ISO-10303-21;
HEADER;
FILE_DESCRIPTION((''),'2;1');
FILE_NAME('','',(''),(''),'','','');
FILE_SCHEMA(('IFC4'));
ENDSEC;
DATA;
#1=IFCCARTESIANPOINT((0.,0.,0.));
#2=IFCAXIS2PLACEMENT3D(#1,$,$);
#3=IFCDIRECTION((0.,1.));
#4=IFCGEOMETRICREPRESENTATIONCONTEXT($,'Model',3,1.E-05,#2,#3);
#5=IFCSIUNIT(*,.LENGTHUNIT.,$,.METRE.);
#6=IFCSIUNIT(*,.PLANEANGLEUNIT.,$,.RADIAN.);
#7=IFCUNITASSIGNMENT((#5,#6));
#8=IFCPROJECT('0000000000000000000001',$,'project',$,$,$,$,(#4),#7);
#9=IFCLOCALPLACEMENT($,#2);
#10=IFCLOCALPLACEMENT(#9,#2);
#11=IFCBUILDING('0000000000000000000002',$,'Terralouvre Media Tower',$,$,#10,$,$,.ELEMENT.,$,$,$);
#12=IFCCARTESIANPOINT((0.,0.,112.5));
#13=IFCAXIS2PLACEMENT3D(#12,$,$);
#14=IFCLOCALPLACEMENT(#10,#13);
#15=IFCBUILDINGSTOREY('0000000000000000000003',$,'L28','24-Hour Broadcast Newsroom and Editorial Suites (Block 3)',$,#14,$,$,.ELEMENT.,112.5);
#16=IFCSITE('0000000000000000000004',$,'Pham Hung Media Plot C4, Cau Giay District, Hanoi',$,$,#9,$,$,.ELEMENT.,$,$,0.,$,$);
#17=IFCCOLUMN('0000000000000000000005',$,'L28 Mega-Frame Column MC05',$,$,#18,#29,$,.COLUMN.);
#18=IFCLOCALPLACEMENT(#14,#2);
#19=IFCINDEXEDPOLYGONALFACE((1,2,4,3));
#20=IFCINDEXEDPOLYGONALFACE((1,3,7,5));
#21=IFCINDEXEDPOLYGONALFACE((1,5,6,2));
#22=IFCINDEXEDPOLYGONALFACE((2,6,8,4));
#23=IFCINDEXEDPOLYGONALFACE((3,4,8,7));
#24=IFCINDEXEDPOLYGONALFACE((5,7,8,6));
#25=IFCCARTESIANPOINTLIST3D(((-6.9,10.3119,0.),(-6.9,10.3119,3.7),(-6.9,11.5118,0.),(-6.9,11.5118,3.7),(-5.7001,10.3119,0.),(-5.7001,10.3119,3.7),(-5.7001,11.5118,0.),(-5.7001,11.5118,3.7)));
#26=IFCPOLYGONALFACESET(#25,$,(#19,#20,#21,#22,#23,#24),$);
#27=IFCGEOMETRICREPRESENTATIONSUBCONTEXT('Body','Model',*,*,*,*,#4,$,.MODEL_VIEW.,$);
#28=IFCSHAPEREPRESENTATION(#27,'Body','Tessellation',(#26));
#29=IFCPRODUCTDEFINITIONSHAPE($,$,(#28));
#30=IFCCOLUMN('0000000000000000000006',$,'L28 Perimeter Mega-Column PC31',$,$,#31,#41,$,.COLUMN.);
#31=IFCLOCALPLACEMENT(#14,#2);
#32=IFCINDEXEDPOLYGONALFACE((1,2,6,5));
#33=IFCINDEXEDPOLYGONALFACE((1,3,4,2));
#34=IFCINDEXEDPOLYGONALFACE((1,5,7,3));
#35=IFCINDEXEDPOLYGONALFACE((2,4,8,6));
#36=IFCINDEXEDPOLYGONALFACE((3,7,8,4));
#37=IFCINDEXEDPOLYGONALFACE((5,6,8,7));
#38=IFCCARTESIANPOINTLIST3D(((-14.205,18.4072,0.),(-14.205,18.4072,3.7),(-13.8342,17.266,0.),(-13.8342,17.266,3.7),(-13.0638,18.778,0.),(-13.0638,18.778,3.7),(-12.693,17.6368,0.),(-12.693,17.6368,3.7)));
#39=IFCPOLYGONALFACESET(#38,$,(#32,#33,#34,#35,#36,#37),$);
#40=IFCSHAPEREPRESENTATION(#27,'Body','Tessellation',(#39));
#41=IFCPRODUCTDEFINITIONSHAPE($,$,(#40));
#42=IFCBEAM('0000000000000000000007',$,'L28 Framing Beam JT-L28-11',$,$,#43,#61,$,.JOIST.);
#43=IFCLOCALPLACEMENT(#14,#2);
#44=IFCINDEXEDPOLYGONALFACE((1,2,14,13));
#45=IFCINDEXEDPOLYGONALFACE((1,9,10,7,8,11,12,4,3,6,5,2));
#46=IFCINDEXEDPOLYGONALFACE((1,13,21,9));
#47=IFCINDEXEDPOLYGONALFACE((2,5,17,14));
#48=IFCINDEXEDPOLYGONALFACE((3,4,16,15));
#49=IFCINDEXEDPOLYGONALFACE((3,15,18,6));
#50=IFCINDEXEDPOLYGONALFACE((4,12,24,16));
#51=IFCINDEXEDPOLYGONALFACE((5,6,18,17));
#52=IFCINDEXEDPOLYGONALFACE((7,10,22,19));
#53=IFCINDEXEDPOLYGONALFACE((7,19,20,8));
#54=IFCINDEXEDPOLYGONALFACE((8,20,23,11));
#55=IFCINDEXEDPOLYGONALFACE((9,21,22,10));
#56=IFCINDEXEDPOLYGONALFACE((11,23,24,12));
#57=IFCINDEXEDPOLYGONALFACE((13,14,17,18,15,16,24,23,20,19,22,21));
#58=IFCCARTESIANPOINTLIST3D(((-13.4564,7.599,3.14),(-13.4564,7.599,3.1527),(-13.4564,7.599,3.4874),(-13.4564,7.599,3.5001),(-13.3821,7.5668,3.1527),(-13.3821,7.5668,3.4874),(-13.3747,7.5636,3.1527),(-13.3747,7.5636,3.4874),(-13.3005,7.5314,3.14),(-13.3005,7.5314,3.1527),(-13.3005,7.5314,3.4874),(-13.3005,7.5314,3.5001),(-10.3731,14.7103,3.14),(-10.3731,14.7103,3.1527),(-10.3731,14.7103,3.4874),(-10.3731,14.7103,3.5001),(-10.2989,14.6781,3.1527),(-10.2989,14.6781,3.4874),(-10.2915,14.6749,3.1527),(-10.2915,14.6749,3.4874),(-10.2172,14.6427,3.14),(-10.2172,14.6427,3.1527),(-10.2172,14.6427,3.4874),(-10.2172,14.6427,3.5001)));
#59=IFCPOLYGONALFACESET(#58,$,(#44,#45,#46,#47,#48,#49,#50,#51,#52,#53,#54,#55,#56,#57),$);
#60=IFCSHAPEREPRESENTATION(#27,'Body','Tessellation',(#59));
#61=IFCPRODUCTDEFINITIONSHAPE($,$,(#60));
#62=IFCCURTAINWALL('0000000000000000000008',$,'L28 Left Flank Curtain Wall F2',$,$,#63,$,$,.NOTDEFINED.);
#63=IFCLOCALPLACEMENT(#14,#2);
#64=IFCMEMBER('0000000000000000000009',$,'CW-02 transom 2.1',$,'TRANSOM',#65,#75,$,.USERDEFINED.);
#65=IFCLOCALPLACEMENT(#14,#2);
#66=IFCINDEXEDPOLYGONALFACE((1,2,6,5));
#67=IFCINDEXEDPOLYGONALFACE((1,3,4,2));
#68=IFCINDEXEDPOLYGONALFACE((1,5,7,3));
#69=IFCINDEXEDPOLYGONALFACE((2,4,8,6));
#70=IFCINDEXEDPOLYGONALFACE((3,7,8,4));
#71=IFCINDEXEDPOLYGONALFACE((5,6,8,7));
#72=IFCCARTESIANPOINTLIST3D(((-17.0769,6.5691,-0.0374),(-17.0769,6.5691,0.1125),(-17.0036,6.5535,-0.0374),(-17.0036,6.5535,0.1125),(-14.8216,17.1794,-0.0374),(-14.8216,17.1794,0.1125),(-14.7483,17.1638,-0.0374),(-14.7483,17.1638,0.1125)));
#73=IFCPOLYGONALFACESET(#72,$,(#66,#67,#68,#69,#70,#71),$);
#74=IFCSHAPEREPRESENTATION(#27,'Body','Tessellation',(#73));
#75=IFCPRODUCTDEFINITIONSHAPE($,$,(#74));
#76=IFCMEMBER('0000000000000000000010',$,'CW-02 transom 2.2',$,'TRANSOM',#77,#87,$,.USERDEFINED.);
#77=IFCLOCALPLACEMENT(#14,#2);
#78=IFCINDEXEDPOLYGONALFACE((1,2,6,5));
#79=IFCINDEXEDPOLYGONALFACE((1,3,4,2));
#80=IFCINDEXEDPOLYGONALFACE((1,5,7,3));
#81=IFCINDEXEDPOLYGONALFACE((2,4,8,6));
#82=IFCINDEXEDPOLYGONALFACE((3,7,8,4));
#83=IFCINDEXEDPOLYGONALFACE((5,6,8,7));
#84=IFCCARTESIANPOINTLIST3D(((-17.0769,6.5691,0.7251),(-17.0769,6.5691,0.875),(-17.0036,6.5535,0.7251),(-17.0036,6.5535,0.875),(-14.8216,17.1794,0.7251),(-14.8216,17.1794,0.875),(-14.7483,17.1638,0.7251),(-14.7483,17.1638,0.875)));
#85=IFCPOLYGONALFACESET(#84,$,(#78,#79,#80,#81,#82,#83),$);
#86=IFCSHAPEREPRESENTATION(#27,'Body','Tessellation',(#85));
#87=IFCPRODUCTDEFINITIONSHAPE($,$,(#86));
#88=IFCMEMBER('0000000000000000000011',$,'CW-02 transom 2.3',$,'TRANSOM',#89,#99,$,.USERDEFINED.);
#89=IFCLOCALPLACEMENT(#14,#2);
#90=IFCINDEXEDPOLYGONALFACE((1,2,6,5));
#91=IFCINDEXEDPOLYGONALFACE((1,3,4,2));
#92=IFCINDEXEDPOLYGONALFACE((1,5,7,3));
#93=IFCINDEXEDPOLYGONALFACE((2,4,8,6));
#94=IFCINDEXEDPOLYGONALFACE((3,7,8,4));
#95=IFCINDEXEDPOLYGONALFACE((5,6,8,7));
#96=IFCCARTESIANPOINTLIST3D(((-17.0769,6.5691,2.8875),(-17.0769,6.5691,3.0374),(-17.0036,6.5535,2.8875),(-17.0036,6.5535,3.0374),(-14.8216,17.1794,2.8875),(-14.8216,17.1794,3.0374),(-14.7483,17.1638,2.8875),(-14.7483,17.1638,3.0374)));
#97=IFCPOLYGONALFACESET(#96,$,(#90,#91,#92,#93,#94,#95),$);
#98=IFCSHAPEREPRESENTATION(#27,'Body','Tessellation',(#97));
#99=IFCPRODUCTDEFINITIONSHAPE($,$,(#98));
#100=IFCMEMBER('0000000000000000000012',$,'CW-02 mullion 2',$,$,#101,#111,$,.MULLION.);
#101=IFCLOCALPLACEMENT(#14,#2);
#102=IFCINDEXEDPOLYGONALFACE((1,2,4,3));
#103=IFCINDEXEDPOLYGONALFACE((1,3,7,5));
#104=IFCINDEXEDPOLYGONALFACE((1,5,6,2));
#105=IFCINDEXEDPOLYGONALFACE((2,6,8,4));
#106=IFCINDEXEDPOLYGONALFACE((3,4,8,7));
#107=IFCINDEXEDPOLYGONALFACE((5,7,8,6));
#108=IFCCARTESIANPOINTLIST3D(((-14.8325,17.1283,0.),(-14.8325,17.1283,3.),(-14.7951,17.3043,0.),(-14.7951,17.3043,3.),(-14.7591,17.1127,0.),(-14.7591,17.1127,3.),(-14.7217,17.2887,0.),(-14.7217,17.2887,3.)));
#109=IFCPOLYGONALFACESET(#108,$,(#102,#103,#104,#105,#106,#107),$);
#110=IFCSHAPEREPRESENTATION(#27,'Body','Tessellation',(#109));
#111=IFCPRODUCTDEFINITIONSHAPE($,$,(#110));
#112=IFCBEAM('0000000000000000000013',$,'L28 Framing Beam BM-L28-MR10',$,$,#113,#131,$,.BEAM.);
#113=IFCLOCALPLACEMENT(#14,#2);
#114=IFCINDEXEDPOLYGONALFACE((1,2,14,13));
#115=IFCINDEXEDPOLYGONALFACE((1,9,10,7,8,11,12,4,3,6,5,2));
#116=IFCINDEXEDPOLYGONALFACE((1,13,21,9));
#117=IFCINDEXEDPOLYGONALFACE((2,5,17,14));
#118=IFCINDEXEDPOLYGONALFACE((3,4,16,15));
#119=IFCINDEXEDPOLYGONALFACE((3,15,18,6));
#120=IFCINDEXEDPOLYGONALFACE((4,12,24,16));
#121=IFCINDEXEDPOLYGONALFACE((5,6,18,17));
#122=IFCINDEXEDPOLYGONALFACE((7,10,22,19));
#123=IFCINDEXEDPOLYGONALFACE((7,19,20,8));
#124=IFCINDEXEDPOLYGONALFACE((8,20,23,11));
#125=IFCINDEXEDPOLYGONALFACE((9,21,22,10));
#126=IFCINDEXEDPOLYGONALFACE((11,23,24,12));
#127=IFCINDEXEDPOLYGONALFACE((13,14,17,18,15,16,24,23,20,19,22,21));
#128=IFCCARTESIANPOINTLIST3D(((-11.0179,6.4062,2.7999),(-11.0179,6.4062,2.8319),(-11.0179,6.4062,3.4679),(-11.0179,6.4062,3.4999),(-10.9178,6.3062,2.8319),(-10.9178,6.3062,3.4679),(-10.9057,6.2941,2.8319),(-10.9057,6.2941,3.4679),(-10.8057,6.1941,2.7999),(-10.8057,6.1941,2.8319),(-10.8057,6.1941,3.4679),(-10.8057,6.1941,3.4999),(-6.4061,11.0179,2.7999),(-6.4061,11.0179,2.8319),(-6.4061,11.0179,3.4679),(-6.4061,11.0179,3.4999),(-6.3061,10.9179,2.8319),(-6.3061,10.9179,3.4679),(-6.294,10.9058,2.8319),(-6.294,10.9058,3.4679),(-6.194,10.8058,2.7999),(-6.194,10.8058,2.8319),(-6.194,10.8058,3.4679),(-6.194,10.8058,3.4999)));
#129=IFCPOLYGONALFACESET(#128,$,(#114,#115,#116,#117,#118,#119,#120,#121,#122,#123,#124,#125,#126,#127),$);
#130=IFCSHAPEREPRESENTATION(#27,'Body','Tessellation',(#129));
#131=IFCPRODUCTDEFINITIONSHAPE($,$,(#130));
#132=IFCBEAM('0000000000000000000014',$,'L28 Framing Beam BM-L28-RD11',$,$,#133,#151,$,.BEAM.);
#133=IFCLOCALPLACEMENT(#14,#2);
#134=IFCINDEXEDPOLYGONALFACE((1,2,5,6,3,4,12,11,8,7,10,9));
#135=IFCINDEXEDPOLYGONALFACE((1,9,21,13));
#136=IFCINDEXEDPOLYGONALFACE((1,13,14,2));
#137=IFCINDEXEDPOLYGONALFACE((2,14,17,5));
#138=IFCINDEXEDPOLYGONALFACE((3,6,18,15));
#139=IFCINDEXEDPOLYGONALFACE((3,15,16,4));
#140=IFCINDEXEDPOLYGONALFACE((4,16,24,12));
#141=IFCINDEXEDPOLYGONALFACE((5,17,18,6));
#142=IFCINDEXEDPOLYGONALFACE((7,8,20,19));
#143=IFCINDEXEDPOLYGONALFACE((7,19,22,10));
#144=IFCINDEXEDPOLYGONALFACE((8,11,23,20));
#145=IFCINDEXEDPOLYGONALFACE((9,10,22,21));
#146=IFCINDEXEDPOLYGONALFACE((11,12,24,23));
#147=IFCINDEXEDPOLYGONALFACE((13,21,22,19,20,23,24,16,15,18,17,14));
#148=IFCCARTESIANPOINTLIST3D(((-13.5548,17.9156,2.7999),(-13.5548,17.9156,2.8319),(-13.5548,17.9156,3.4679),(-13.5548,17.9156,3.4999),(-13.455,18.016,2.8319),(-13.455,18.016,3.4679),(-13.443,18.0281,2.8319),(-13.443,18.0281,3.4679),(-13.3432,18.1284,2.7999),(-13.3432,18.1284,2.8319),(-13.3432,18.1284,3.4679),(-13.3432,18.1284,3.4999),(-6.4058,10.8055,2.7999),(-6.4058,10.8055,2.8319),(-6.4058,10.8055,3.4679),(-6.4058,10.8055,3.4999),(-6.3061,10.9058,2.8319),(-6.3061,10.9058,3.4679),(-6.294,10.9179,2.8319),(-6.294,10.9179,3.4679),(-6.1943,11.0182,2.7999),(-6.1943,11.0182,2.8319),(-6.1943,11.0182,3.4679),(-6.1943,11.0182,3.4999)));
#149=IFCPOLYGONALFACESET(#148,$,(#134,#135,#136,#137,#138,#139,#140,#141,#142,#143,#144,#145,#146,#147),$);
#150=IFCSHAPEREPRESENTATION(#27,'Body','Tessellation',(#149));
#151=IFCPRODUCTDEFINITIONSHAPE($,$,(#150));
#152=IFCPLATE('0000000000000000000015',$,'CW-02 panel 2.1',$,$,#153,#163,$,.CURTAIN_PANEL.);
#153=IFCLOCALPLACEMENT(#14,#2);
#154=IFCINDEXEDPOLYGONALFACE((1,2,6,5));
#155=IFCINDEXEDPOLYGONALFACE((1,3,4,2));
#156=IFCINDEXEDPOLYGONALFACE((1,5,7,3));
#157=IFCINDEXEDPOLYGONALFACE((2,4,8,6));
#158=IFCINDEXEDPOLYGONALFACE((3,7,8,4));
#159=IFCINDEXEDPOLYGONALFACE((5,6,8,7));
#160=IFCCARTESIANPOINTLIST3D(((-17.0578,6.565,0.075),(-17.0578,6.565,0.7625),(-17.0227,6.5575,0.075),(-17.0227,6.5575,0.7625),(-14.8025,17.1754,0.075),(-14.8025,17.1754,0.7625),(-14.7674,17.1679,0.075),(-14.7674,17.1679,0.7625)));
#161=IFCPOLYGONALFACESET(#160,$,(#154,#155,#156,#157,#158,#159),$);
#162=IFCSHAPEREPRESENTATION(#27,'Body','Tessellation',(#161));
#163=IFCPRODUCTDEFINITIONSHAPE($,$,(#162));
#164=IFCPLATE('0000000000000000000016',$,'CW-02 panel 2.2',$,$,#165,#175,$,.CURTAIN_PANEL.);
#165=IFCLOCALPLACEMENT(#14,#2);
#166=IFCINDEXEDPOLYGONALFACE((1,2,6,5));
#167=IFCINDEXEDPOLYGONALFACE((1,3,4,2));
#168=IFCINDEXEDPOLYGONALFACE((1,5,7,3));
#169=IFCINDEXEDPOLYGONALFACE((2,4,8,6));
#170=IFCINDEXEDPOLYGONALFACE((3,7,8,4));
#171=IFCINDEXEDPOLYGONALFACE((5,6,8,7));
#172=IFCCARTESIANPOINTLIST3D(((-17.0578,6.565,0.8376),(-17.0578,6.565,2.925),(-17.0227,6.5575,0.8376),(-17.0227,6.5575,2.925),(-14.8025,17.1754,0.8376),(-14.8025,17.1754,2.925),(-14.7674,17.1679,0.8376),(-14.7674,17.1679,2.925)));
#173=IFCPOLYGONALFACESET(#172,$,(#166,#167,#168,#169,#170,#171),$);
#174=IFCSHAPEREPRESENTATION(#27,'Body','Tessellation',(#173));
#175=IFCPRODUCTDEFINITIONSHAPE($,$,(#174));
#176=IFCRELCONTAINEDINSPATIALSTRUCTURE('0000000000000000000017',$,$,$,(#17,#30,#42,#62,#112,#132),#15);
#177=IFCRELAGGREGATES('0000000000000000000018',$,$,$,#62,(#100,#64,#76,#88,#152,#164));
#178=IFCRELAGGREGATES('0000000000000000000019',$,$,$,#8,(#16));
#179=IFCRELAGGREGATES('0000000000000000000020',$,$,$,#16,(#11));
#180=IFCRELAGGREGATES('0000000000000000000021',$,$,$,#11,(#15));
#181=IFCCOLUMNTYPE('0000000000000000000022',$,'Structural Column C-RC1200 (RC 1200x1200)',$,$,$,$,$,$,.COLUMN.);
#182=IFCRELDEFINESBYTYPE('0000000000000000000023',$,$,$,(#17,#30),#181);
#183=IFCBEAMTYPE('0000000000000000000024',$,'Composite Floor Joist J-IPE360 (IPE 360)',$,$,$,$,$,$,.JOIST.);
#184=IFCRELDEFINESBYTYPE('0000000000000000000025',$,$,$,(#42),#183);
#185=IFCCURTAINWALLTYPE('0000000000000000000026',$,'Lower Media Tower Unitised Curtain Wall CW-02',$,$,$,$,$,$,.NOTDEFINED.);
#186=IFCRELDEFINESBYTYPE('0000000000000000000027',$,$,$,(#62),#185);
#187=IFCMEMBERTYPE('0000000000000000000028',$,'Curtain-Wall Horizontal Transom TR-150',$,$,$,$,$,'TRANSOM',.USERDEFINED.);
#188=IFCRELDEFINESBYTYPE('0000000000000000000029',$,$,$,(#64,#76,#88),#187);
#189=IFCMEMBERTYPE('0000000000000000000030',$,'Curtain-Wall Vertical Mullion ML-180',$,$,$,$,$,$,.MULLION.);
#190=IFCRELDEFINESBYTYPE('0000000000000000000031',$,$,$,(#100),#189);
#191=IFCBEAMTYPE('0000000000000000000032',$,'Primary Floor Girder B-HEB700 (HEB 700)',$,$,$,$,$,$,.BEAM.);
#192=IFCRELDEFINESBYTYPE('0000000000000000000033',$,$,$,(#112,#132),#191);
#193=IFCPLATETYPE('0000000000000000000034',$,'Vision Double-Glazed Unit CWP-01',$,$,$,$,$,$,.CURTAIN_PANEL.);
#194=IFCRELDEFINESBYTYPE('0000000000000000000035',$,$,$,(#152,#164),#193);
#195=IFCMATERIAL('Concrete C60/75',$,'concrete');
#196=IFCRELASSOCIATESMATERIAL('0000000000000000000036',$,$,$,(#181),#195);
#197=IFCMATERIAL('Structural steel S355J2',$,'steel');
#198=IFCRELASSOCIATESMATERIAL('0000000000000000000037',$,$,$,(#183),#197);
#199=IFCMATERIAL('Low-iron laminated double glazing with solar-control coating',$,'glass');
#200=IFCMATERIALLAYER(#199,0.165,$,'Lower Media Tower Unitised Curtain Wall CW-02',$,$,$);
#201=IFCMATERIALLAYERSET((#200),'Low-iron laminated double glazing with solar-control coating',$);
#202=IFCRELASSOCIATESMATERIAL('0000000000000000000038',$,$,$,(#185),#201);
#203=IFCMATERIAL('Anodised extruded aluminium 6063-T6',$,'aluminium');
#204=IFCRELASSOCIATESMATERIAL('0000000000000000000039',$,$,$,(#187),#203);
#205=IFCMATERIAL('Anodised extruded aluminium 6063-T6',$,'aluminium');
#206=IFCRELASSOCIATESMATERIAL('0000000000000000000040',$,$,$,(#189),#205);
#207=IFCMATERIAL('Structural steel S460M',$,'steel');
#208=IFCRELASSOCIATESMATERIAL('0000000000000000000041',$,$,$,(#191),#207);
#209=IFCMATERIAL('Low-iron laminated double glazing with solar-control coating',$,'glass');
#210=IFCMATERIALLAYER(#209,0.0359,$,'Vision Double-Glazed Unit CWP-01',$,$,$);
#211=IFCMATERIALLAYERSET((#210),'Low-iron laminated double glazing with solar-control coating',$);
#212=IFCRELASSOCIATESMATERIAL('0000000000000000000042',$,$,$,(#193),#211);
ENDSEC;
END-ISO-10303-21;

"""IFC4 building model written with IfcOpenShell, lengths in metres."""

from ifc_helpers import new_model, si_unit, direction, frame, origin, origin_2d, place, context, subcontext, project, spatial, rectangle, i_section, extrude, material, layer, layer_set, material_profile, profile_set, type_object, element, aggregate, save


model = new_model("IFC4")

# Units and contexts
model_context = context("Model", 3, precision=1e-05, world=origin(), true_north=direction((0.0, 1.0)))
body_context = subcontext(model_context, "Body", "Model", "MODEL_VIEW")
ifc_project = project(units=[si_unit("LENGTHUNIT", "METRE"), si_unit("PLANEANGLEUNIT", "RADIAN")], contexts=[model_context])

# Site, building, storey
site_placement = place(None, origin())
site = spatial("IfcSite", under=ifc_project, at=site_placement, Name="Pham Hung Media Plot C4, Cau Giay District, Hanoi", CompositionType="ELEMENT", RefElevation=0.0)
building_placement = place(site_placement, origin())
building = spatial("IfcBuilding", under=site, at=building_placement, Name="Terralouvre Media Tower", CompositionType="ELEMENT")
storey_placement = place(building_placement, frame((0.0, 0.0, 112.5)))
storey = spatial("IfcBuildingStorey", under=building, at=storey_placement, Name="L28", Description="24-Hour Broadcast Newsroom and Editorial Suites (Block 3)", CompositionType="ELEMENT", Elevation=112.5)

# Columns
ifc_material_1 = material(Name="Concrete C60/75", Category="concrete")
ifc_material_profile_1 = material_profile(ifc_material_1, rectangle(XDim=1.2, YDim=1.2, at=origin_2d()), Name="RC 1200x1200")
ifc_profile_set_1 = profile_set([ifc_material_profile_1], Name="Concrete C60/75")
column_type = type_object("IfcColumnType", Name="Structural Column C-RC1200 (RC 1200x1200)", PredefinedType="COLUMN", material=ifc_profile_set_1)
for number, where, z_axis, x_axis, name in (
    (1, (-6.3, 10.9119, 0.0), (0.0, 0.0, 1.0), (1.0, 0.0, 0.0), "L28 Mega-Frame Column MC05"),
    (2, (-13.449, 18.022, 0.0), (0.0, 0.0, 1.0), (0.951057, 0.309017, 0.0), "L28 Perimeter Mega-Column PC31"),
):
    element("IfcColumn", number, at=place(storey_placement, frame(where, z_axis=z_axis, x_axis=x_axis)), inside=storey, type_object=column_type, Name=name, PredefinedType="COLUMN", context=body_context, shape_type="SweptSolid", body=[
        extrude(rectangle(XDim=1.2, YDim=1.2, at=origin_2d()), origin(), (0.0, 0.0, 1.0), 3.7),
    ])

# Beam
ifc_material_2 = material(Name="Structural steel S355J2", Category="steel")
ifc_material_profile_2 = material_profile(ifc_material_2, i_section(OverallWidth=0.1699, OverallDepth=0.3601, WebThickness=0.0081, FlangeThickness=0.0127, at=origin_2d()), Name="IPE 360")
ifc_profile_set_2 = profile_set([ifc_material_profile_2], Name="Structural steel S355J2")
beam_type_1 = type_object("IfcBeamType", Name="Composite Floor Joist J-IPE360 (IPE 360)", PredefinedType="JOIST", material=ifc_profile_set_2)
beam_1_placement = place(storey_placement, frame((-10.2952, 14.6765, 3.3201), z_axis=(-0.39779, -0.917477, 0.0), x_axis=(0.917477, -0.39779, 0.0)))
element("IfcBeam", 3, at=beam_1_placement, inside=storey, type_object=beam_type_1, Name="L28 Framing Beam JT-L28-11", PredefinedType="JOIST", context=body_context, shape_type="SweptSolid", body=[
    extrude(i_section(OverallWidth=0.1699, OverallDepth=0.3601, WebThickness=0.0081, FlangeThickness=0.0127, at=origin_2d()), origin(), (0.0, 0.0, 1.0), 7.751),
])

# Curtain wall, members
ifc_material_3 = material(Name="Low-iron laminated double glazing with solar-control coating", Category="glass")
ifc_layer_1 = layer(ifc_material_3, 0.165, Name="Lower Media Tower Unitised Curtain Wall CW-02")
ifc_layer_set_1 = layer_set([ifc_layer_1], Name="Low-iron laminated double glazing with solar-control coating")
curtain_wall_type = type_object("IfcCurtainWallType", Name="Lower Media Tower Unitised Curtain Wall CW-02", PredefinedType="NOTDEFINED", material=ifc_layer_set_1)
curtain_wall_placement = place(storey_placement, origin())
curtain_wall = element("IfcCurtainWall", 4, at=curtain_wall_placement, inside=storey, type_object=curtain_wall_type, Name="L28 Left Flank Curtain Wall F2", PredefinedType="NOTDEFINED")
ifc_material_4 = material(Name="Anodised extruded aluminium 6063-T6", Category="aluminium")
ifc_material_profile_3 = material_profile(ifc_material_4, rectangle(XDim=0.075, YDim=0.1499, at=origin_2d()), Name="ALU 75x150")
ifc_profile_set_3 = profile_set([ifc_material_profile_3], Name="Anodised extruded aluminium 6063-T6")
member_type_1 = type_object("IfcMemberType", Name="Curtain-Wall Horizontal Transom TR-150", ElementType="TRANSOM", PredefinedType="USERDEFINED", material=ifc_profile_set_3)
member_1_placement = place(storey_placement, frame((-14.7849, 17.1716, 0.0376), z_axis=(-0.207918, -0.978146, 0.0), x_axis=(0.978146, -0.207918, 0.0)))
member_1 = element("IfcMember", 5, at=member_1_placement, type_object=member_type_1, Name="CW-02 transom 2.1", ObjectType="TRANSOM", PredefinedType="USERDEFINED", context=body_context, shape_type="SweptSolid", body=[
    extrude(rectangle(XDim=0.075, YDim=0.1499, at=origin_2d()), origin(), (0.0, 0.0, 1.0), 10.8474),
])
member_2_placement = place(storey_placement, frame((-14.7849, 17.1716, 0.8), z_axis=(-0.207918, -0.978146, 0.0), x_axis=(0.978146, -0.207918, 0.0)))
member_2 = element("IfcMember", 6, at=member_2_placement, type_object=member_type_1, Name="CW-02 transom 2.2", ObjectType="TRANSOM", PredefinedType="USERDEFINED", context=body_context, shape_type="SweptSolid", body=[
    extrude(rectangle(XDim=0.075, YDim=0.1499, at=origin_2d()), origin(), (0.0, 0.0, 1.0), 10.8474),
])
member_3_placement = place(storey_placement, frame((-14.7849, 17.1716, 2.9624), z_axis=(-0.207918, -0.978146, 0.0), x_axis=(0.978146, -0.207918, 0.0)))
member_3 = element("IfcMember", 7, at=member_3_placement, type_object=member_type_1, Name="CW-02 transom 2.3", ObjectType="TRANSOM", PredefinedType="USERDEFINED", context=body_context, shape_type="SweptSolid", body=[
    extrude(rectangle(XDim=0.075, YDim=0.1499, at=origin_2d()), origin(), (0.0, 0.0, 1.0), 10.8474),
])
ifc_material_5 = material(Name="Anodised extruded aluminium 6063-T6", Category="aluminium")
ifc_material_profile_4 = material_profile(ifc_material_5, rectangle(XDim=0.075, YDim=0.1799, at=origin_2d()), Name="ALU 75x180")
ifc_profile_set_4 = profile_set([ifc_material_profile_4], Name="Anodised extruded aluminium 6063-T6")
member_type_2 = type_object("IfcMemberType", Name="Curtain-Wall Vertical Mullion ML-180", PredefinedType="MULLION", material=ifc_profile_set_4)
member_4_placement = place(storey_placement, frame((-14.7771, 17.2085, 0.0), z_axis=(0.0, 0.0, 1.0), x_axis=(0.978148, -0.207912, 0.0)))
member_4 = element("IfcMember", 8, at=member_4_placement, type_object=member_type_2, Name="CW-02 mullion 2", PredefinedType="MULLION", context=body_context, shape_type="SweptSolid", body=[
    extrude(rectangle(XDim=0.075, YDim=0.1799, at=origin_2d()), origin(), (0.0, 0.0, 1.0), 3.0),
])

# Beams
ifc_material_6 = material(Name="Structural steel S460M", Category="steel")
ifc_material_profile_5 = material_profile(ifc_material_6, i_section(OverallWidth=0.3, OverallDepth=0.7, WebThickness=0.0171, FlangeThickness=0.032, at=origin_2d()), Name="HEB 700")
ifc_profile_set_5 = profile_set([ifc_material_profile_5], Name="Structural steel S460M")
beam_type_2 = type_object("IfcBeamType", Name="Primary Floor Girder B-HEB700 (HEB 700)", PredefinedType="BEAM", material=ifc_profile_set_5)
beam_2_placement = place(storey_placement, frame((-6.3, 10.9119, 3.1499), z_axis=(-0.707107, -0.707107, 0.0), x_axis=(0.707107, -0.707107, 0.0)))
element("IfcBeam", 9, at=beam_2_placement, inside=storey, type_object=beam_type_2, Name="L28 Framing Beam BM-L28-MR10", PredefinedType="BEAM", context=body_context, shape_type="SweptSolid", body=[
    extrude(i_section(OverallWidth=0.3, OverallDepth=0.7, WebThickness=0.0171, FlangeThickness=0.032, at=origin_2d()), origin(), (0.0, 0.0, 1.0), 6.522),
])
beam_3_placement = place(storey_placement, frame((-6.3, 10.9119, 3.1499), z_axis=(-0.709029, 0.705179, 0.0), x_axis=(-0.705179, -0.709029, 0.0)))
element("IfcBeam", 10, at=beam_3_placement, inside=storey, type_object=beam_type_2, Name="L28 Framing Beam BM-L28-RD11", PredefinedType="BEAM", context=body_context, shape_type="SweptSolid", body=[
    extrude(i_section(OverallWidth=0.3, OverallDepth=0.7, WebThickness=0.0171, FlangeThickness=0.032, at=origin_2d()), origin(), (0.0, 0.0, 1.0), 10.0828),
])

# Plates
ifc_material_7 = material(Name="Low-iron laminated double glazing with solar-control coating", Category="glass")
ifc_layer_2 = layer(ifc_material_7, 0.0359, Name="Vision Double-Glazed Unit CWP-01")
ifc_layer_set_2 = layer_set([ifc_layer_2], Name="Low-iron laminated double glazing with solar-control coating")
plate_type = type_object("IfcPlateType", Name="Vision Double-Glazed Unit CWP-01", PredefinedType="CURTAIN_PANEL", material=ifc_layer_set_2)
plate_1_placement = place(storey_placement, frame((-15.9126, 11.8665, 0.075), z_axis=(0.0, 0.0, 1.0), x_axis=(-0.207912, -0.978148, 0.0)))
plate_1 = element("IfcPlate", 11, at=plate_1_placement, type_object=plate_type, Name="CW-02 panel 2.1", PredefinedType="CURTAIN_PANEL", context=body_context, shape_type="SweptSolid", body=[
    extrude(rectangle(XDim=10.8474, YDim=0.0359, at=origin_2d()), origin(), (0.0, 0.0, 1.0), 0.6875),
])
plate_2_placement = place(storey_placement, frame((-15.9126, 11.8665, 0.8376), z_axis=(0.0, 0.0, 1.0), x_axis=(-0.207912, -0.978148, 0.0)))
plate_2 = element("IfcPlate", 12, at=plate_2_placement, type_object=plate_type, Name="CW-02 panel 2.2", PredefinedType="CURTAIN_PANEL", context=body_context, shape_type="SweptSolid", body=[
    extrude(rectangle(XDim=10.8474, YDim=0.0359, at=origin_2d()), origin(), (0.0, 0.0, 1.0), 2.0874),
])
aggregate(curtain_wall, [member_4, member_1, member_2, member_3, plate_1, plate_2])

save(model, "model.ifc")
